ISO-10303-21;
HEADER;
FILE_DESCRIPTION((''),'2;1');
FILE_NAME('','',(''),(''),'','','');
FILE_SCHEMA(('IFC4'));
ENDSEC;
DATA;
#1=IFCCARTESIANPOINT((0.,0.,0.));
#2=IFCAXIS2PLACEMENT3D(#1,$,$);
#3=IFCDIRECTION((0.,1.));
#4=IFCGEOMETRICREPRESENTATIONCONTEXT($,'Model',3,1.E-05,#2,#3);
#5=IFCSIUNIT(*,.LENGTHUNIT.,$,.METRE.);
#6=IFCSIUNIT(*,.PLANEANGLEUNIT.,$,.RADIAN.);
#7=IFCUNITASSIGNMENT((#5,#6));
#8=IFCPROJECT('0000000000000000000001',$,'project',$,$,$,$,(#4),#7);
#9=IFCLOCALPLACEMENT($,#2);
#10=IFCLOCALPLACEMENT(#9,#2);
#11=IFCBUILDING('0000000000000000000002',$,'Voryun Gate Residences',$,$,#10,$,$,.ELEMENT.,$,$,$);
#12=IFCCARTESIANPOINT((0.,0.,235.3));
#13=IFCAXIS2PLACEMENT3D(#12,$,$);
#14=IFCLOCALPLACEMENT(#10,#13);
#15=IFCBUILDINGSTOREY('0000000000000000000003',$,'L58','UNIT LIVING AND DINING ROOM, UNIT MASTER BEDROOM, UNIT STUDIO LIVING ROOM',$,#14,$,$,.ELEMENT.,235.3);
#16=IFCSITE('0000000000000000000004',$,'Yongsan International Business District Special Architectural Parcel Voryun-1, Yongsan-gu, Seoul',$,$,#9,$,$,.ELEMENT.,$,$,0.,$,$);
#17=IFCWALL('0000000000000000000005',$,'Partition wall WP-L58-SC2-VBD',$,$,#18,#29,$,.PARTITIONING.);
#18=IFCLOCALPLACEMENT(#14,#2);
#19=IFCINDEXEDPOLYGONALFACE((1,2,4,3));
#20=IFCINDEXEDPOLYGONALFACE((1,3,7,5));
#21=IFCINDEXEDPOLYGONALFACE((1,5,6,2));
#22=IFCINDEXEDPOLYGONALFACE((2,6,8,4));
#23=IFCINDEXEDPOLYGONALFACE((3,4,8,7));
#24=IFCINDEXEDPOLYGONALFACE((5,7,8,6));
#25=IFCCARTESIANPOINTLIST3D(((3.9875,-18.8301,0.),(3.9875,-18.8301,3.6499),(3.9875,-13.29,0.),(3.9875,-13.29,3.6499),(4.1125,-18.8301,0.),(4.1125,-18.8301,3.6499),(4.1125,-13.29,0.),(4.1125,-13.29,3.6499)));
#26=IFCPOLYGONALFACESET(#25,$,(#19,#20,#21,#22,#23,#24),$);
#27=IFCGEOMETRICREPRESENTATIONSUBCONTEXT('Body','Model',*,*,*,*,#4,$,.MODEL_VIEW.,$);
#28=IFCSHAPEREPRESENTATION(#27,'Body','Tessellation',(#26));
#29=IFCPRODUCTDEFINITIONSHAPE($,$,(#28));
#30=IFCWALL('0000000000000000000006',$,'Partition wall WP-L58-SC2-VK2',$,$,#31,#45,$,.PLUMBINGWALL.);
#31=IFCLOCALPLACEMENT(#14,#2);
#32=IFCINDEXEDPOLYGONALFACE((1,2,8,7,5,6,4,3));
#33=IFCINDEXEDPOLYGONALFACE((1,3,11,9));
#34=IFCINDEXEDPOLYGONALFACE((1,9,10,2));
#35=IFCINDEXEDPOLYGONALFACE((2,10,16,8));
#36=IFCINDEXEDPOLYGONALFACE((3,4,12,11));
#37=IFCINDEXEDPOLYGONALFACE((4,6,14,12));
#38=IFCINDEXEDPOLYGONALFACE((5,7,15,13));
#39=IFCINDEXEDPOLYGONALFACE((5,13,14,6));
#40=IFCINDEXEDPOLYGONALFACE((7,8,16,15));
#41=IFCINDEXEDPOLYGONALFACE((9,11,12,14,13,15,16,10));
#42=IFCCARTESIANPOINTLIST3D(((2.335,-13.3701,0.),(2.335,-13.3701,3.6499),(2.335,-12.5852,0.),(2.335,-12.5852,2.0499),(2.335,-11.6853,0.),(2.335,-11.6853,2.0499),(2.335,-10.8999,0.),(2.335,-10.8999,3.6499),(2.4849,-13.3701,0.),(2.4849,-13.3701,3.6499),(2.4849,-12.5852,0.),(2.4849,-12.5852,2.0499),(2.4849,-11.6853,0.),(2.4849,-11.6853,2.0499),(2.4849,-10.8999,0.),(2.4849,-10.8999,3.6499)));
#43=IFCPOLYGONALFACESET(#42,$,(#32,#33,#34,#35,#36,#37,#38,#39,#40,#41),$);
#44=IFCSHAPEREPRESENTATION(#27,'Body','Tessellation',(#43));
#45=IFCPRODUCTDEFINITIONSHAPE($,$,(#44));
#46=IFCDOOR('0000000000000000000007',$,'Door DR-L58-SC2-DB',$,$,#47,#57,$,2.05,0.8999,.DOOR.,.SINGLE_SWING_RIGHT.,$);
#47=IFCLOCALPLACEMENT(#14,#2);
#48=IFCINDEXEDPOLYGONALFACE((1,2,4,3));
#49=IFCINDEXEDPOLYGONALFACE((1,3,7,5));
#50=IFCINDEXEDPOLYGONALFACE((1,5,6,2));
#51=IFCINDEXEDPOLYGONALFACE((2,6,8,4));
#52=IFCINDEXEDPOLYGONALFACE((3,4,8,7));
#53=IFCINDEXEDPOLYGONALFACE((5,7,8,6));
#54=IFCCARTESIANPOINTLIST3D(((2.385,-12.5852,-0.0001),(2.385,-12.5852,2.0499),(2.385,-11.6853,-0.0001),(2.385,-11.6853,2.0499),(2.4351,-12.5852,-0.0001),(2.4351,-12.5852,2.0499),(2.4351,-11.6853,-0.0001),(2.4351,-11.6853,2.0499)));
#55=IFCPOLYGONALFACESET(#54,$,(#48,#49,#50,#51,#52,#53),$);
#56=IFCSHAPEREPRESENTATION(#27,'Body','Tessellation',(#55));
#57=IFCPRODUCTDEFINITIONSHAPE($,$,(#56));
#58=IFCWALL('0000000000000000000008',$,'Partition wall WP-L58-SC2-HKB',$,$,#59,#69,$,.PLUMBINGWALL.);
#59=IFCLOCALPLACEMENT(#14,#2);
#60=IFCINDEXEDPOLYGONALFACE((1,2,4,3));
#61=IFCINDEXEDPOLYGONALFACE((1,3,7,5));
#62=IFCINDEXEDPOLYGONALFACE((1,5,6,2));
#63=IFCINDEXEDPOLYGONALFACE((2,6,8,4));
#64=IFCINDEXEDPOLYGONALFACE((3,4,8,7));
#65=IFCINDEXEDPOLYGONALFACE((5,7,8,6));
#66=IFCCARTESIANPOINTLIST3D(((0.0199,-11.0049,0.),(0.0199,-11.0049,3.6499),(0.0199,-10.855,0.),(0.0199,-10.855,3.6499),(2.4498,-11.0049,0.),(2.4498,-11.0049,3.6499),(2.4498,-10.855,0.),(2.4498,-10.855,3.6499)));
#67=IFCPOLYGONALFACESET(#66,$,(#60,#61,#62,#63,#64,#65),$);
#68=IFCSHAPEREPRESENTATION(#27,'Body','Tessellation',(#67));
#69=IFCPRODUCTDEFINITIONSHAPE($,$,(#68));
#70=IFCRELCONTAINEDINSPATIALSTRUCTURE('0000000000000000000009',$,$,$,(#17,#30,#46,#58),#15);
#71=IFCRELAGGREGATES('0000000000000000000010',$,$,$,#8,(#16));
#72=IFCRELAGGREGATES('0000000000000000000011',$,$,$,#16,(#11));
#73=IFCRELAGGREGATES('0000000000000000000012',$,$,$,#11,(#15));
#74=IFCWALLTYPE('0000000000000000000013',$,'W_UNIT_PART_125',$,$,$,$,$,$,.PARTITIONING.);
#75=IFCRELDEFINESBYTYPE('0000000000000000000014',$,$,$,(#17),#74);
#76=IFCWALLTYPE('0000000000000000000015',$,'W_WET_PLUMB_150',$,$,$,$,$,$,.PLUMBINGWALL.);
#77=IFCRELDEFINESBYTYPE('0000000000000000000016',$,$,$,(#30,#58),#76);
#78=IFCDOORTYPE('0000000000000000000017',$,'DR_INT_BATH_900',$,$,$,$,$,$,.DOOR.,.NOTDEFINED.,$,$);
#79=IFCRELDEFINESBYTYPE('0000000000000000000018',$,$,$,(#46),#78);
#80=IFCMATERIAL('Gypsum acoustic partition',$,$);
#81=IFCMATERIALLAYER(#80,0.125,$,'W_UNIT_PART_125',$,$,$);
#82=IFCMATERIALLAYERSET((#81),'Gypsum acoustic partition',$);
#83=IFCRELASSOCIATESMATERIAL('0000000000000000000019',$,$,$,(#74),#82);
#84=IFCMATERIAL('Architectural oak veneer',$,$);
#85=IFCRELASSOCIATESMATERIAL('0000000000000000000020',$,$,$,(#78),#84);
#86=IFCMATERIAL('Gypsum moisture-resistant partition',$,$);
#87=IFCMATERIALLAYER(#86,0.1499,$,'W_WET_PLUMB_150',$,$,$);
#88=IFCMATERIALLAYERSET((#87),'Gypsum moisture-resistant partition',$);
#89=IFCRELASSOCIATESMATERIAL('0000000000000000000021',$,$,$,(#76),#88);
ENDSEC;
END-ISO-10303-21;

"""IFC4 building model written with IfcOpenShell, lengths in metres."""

from ifc_helpers import new_model, si_unit, direction, frame, frame_2d, origin, place, context, subcontext, project, spatial, rectangle, extrude, material, layer, layer_set, type_object, element, fill, save


model = new_model("IFC4")

# Units and contexts
model_context = context("Model", 3, precision=1e-05, world=origin(), true_north=direction((0.0, 1.0)))
body_context = subcontext(model_context, "Body", "Model", "MODEL_VIEW")
ifc_project = project(units=[si_unit("LENGTHUNIT", "METRE"), si_unit("PLANEANGLEUNIT", "RADIAN")], contexts=[model_context])

# Site, building, storey
site_placement = place(None, origin())
site = spatial("IfcSite", under=ifc_project, at=site_placement, Name="Yongsan International Business District Special Architectural Parcel Voryun-1, Yongsan-gu, Seoul", CompositionType="ELEMENT", RefElevation=0.0)
building_placement = place(site_placement, origin())
building = spatial("IfcBuilding", under=site, at=building_placement, Name="Voryun Gate Residences", CompositionType="ELEMENT")
storey_placement = place(building_placement, frame((0.0, 0.0, 235.3)))
storey = spatial("IfcBuildingStorey", under=building, at=storey_placement, Name="L58", Description="UNIT LIVING AND DINING ROOM, UNIT MASTER BEDROOM, UNIT STUDIO LIVING ROOM", CompositionType="ELEMENT", Elevation=235.3)

# Shared definitions
ifc_material_1 = material(Name="Gypsum acoustic partition")
ifc_layer_1 = layer(ifc_material_1, 0.125, Name="W_UNIT_PART_125")
ifc_layer_set_1 = layer_set([ifc_layer_1], Name="Gypsum acoustic partition")
wall_type_1 = type_object("IfcWallType", Name="W_UNIT_PART_125", PredefinedType="PARTITIONING", material=ifc_layer_set_1)
ifc_material_2 = material(Name="Architectural oak veneer")
door_type = type_object("IfcDoorType", Name="DR_INT_BATH_900", OperationType="NOTDEFINED", PredefinedType="DOOR", material=ifc_material_2)

# Wall
wall_1_placement = place(storey_placement, frame((4.05, -18.8301, 0.0), z_axis=(0.0, 0.0, 1.0), x_axis=(0.0, 1.0, 0.0)))
element("IfcWall", 1, at=wall_1_placement, inside=storey, type_object=wall_type_1, Name="Partition wall WP-L58-SC2-VBD", PredefinedType="PARTITIONING", context=body_context, shape_type="SweptSolid", body=[
    extrude(rectangle(XDim=5.54, YDim=0.125, at=frame_2d((2.77, 0.0))), origin(), (0.0, 0.0, 1.0), 3.6499),
])

# Wall, opening, door
ifc_material_3 = material(Name="Gypsum moisture-resistant partition")
ifc_layer_2 = layer(ifc_material_3, 0.1499, Name="W_WET_PLUMB_150")
ifc_layer_set_2 = layer_set([ifc_layer_2], Name="Gypsum moisture-resistant partition")
wall_type_2 = type_object("IfcWallType", Name="W_WET_PLUMB_150", PredefinedType="PLUMBINGWALL", material=ifc_layer_set_2)
wall_2_placement = place(storey_placement, frame((2.4099, -13.3701, 0.0), z_axis=(0.0, 0.0, 1.0), x_axis=(0.0, 1.0, 0.0)))
wall_2 = element("IfcWall", 2, at=wall_2_placement, inside=storey, type_object=wall_type_2, Name="Partition wall WP-L58-SC2-VK2", PredefinedType="PLUMBINGWALL", context=body_context, shape_type="SweptSolid", body=[
    extrude(rectangle(XDim=2.4702, YDim=0.1499, at=frame_2d((1.2351, 0.0))), origin(), (0.0, 0.0, 1.0), 3.6499),
])
opening_1_placement = place(wall_2_placement, frame((0.7849, 0.0, 0.0)))
opening_1 = element("IfcOpeningElement", 3, at=opening_1_placement, cuts=wall_2, PredefinedType="OPENING", context=body_context, shape_type="SweptSolid", body=[
    extrude(rectangle(XDim=0.8999, YDim=2.05, at=frame_2d((0.45, 1.0249))), frame((0.0, 0.085, 0.0), z_axis=(0.0, -1.0, 0.0), x_axis=(1.0, 0.0, 0.0)), (0.0, 0.0, 1.0), 0.1699),
])
door_1_placement = place(opening_1_placement, origin())
door_1 = element("IfcDoor", 4, at=door_1_placement, inside=storey, type_object=door_type, Name="Door DR-L58-SC2-DB", OperationType="SINGLE_SWING_RIGHT", OverallHeight=2.05, OverallWidth=0.8999, PredefinedType="DOOR", context=body_context, shape_type="SweptSolid", body=[
    extrude(rectangle(XDim=0.8999, YDim=2.05, at=frame_2d((0.45, 1.0249))), frame((0.0, 0.0249, 0.0), z_axis=(0.0, -1.0, 0.0), x_axis=(1.0, 0.0, 0.0)), (0.0, 0.0, 1.0), 0.05),
])
fill(opening_1, door_1)

# Wall
wall_3_placement = place(storey_placement, frame((0.02, -10.9299, 0.0), z_axis=(0.0, 0.0, 1.0), x_axis=(1.0, 0.0, 0.0)))
element("IfcWall", 5, at=wall_3_placement, inside=storey, type_object=wall_type_2, Name="Partition wall WP-L58-SC2-HKB", PredefinedType="PLUMBINGWALL", context=body_context, shape_type="SweptSolid", body=[
    extrude(rectangle(XDim=2.4299, YDim=0.1499, at=frame_2d((1.2148, 0.0))), origin(), (0.0, 0.0, 1.0), 3.6499),
])

save(model, "model.ifc")
